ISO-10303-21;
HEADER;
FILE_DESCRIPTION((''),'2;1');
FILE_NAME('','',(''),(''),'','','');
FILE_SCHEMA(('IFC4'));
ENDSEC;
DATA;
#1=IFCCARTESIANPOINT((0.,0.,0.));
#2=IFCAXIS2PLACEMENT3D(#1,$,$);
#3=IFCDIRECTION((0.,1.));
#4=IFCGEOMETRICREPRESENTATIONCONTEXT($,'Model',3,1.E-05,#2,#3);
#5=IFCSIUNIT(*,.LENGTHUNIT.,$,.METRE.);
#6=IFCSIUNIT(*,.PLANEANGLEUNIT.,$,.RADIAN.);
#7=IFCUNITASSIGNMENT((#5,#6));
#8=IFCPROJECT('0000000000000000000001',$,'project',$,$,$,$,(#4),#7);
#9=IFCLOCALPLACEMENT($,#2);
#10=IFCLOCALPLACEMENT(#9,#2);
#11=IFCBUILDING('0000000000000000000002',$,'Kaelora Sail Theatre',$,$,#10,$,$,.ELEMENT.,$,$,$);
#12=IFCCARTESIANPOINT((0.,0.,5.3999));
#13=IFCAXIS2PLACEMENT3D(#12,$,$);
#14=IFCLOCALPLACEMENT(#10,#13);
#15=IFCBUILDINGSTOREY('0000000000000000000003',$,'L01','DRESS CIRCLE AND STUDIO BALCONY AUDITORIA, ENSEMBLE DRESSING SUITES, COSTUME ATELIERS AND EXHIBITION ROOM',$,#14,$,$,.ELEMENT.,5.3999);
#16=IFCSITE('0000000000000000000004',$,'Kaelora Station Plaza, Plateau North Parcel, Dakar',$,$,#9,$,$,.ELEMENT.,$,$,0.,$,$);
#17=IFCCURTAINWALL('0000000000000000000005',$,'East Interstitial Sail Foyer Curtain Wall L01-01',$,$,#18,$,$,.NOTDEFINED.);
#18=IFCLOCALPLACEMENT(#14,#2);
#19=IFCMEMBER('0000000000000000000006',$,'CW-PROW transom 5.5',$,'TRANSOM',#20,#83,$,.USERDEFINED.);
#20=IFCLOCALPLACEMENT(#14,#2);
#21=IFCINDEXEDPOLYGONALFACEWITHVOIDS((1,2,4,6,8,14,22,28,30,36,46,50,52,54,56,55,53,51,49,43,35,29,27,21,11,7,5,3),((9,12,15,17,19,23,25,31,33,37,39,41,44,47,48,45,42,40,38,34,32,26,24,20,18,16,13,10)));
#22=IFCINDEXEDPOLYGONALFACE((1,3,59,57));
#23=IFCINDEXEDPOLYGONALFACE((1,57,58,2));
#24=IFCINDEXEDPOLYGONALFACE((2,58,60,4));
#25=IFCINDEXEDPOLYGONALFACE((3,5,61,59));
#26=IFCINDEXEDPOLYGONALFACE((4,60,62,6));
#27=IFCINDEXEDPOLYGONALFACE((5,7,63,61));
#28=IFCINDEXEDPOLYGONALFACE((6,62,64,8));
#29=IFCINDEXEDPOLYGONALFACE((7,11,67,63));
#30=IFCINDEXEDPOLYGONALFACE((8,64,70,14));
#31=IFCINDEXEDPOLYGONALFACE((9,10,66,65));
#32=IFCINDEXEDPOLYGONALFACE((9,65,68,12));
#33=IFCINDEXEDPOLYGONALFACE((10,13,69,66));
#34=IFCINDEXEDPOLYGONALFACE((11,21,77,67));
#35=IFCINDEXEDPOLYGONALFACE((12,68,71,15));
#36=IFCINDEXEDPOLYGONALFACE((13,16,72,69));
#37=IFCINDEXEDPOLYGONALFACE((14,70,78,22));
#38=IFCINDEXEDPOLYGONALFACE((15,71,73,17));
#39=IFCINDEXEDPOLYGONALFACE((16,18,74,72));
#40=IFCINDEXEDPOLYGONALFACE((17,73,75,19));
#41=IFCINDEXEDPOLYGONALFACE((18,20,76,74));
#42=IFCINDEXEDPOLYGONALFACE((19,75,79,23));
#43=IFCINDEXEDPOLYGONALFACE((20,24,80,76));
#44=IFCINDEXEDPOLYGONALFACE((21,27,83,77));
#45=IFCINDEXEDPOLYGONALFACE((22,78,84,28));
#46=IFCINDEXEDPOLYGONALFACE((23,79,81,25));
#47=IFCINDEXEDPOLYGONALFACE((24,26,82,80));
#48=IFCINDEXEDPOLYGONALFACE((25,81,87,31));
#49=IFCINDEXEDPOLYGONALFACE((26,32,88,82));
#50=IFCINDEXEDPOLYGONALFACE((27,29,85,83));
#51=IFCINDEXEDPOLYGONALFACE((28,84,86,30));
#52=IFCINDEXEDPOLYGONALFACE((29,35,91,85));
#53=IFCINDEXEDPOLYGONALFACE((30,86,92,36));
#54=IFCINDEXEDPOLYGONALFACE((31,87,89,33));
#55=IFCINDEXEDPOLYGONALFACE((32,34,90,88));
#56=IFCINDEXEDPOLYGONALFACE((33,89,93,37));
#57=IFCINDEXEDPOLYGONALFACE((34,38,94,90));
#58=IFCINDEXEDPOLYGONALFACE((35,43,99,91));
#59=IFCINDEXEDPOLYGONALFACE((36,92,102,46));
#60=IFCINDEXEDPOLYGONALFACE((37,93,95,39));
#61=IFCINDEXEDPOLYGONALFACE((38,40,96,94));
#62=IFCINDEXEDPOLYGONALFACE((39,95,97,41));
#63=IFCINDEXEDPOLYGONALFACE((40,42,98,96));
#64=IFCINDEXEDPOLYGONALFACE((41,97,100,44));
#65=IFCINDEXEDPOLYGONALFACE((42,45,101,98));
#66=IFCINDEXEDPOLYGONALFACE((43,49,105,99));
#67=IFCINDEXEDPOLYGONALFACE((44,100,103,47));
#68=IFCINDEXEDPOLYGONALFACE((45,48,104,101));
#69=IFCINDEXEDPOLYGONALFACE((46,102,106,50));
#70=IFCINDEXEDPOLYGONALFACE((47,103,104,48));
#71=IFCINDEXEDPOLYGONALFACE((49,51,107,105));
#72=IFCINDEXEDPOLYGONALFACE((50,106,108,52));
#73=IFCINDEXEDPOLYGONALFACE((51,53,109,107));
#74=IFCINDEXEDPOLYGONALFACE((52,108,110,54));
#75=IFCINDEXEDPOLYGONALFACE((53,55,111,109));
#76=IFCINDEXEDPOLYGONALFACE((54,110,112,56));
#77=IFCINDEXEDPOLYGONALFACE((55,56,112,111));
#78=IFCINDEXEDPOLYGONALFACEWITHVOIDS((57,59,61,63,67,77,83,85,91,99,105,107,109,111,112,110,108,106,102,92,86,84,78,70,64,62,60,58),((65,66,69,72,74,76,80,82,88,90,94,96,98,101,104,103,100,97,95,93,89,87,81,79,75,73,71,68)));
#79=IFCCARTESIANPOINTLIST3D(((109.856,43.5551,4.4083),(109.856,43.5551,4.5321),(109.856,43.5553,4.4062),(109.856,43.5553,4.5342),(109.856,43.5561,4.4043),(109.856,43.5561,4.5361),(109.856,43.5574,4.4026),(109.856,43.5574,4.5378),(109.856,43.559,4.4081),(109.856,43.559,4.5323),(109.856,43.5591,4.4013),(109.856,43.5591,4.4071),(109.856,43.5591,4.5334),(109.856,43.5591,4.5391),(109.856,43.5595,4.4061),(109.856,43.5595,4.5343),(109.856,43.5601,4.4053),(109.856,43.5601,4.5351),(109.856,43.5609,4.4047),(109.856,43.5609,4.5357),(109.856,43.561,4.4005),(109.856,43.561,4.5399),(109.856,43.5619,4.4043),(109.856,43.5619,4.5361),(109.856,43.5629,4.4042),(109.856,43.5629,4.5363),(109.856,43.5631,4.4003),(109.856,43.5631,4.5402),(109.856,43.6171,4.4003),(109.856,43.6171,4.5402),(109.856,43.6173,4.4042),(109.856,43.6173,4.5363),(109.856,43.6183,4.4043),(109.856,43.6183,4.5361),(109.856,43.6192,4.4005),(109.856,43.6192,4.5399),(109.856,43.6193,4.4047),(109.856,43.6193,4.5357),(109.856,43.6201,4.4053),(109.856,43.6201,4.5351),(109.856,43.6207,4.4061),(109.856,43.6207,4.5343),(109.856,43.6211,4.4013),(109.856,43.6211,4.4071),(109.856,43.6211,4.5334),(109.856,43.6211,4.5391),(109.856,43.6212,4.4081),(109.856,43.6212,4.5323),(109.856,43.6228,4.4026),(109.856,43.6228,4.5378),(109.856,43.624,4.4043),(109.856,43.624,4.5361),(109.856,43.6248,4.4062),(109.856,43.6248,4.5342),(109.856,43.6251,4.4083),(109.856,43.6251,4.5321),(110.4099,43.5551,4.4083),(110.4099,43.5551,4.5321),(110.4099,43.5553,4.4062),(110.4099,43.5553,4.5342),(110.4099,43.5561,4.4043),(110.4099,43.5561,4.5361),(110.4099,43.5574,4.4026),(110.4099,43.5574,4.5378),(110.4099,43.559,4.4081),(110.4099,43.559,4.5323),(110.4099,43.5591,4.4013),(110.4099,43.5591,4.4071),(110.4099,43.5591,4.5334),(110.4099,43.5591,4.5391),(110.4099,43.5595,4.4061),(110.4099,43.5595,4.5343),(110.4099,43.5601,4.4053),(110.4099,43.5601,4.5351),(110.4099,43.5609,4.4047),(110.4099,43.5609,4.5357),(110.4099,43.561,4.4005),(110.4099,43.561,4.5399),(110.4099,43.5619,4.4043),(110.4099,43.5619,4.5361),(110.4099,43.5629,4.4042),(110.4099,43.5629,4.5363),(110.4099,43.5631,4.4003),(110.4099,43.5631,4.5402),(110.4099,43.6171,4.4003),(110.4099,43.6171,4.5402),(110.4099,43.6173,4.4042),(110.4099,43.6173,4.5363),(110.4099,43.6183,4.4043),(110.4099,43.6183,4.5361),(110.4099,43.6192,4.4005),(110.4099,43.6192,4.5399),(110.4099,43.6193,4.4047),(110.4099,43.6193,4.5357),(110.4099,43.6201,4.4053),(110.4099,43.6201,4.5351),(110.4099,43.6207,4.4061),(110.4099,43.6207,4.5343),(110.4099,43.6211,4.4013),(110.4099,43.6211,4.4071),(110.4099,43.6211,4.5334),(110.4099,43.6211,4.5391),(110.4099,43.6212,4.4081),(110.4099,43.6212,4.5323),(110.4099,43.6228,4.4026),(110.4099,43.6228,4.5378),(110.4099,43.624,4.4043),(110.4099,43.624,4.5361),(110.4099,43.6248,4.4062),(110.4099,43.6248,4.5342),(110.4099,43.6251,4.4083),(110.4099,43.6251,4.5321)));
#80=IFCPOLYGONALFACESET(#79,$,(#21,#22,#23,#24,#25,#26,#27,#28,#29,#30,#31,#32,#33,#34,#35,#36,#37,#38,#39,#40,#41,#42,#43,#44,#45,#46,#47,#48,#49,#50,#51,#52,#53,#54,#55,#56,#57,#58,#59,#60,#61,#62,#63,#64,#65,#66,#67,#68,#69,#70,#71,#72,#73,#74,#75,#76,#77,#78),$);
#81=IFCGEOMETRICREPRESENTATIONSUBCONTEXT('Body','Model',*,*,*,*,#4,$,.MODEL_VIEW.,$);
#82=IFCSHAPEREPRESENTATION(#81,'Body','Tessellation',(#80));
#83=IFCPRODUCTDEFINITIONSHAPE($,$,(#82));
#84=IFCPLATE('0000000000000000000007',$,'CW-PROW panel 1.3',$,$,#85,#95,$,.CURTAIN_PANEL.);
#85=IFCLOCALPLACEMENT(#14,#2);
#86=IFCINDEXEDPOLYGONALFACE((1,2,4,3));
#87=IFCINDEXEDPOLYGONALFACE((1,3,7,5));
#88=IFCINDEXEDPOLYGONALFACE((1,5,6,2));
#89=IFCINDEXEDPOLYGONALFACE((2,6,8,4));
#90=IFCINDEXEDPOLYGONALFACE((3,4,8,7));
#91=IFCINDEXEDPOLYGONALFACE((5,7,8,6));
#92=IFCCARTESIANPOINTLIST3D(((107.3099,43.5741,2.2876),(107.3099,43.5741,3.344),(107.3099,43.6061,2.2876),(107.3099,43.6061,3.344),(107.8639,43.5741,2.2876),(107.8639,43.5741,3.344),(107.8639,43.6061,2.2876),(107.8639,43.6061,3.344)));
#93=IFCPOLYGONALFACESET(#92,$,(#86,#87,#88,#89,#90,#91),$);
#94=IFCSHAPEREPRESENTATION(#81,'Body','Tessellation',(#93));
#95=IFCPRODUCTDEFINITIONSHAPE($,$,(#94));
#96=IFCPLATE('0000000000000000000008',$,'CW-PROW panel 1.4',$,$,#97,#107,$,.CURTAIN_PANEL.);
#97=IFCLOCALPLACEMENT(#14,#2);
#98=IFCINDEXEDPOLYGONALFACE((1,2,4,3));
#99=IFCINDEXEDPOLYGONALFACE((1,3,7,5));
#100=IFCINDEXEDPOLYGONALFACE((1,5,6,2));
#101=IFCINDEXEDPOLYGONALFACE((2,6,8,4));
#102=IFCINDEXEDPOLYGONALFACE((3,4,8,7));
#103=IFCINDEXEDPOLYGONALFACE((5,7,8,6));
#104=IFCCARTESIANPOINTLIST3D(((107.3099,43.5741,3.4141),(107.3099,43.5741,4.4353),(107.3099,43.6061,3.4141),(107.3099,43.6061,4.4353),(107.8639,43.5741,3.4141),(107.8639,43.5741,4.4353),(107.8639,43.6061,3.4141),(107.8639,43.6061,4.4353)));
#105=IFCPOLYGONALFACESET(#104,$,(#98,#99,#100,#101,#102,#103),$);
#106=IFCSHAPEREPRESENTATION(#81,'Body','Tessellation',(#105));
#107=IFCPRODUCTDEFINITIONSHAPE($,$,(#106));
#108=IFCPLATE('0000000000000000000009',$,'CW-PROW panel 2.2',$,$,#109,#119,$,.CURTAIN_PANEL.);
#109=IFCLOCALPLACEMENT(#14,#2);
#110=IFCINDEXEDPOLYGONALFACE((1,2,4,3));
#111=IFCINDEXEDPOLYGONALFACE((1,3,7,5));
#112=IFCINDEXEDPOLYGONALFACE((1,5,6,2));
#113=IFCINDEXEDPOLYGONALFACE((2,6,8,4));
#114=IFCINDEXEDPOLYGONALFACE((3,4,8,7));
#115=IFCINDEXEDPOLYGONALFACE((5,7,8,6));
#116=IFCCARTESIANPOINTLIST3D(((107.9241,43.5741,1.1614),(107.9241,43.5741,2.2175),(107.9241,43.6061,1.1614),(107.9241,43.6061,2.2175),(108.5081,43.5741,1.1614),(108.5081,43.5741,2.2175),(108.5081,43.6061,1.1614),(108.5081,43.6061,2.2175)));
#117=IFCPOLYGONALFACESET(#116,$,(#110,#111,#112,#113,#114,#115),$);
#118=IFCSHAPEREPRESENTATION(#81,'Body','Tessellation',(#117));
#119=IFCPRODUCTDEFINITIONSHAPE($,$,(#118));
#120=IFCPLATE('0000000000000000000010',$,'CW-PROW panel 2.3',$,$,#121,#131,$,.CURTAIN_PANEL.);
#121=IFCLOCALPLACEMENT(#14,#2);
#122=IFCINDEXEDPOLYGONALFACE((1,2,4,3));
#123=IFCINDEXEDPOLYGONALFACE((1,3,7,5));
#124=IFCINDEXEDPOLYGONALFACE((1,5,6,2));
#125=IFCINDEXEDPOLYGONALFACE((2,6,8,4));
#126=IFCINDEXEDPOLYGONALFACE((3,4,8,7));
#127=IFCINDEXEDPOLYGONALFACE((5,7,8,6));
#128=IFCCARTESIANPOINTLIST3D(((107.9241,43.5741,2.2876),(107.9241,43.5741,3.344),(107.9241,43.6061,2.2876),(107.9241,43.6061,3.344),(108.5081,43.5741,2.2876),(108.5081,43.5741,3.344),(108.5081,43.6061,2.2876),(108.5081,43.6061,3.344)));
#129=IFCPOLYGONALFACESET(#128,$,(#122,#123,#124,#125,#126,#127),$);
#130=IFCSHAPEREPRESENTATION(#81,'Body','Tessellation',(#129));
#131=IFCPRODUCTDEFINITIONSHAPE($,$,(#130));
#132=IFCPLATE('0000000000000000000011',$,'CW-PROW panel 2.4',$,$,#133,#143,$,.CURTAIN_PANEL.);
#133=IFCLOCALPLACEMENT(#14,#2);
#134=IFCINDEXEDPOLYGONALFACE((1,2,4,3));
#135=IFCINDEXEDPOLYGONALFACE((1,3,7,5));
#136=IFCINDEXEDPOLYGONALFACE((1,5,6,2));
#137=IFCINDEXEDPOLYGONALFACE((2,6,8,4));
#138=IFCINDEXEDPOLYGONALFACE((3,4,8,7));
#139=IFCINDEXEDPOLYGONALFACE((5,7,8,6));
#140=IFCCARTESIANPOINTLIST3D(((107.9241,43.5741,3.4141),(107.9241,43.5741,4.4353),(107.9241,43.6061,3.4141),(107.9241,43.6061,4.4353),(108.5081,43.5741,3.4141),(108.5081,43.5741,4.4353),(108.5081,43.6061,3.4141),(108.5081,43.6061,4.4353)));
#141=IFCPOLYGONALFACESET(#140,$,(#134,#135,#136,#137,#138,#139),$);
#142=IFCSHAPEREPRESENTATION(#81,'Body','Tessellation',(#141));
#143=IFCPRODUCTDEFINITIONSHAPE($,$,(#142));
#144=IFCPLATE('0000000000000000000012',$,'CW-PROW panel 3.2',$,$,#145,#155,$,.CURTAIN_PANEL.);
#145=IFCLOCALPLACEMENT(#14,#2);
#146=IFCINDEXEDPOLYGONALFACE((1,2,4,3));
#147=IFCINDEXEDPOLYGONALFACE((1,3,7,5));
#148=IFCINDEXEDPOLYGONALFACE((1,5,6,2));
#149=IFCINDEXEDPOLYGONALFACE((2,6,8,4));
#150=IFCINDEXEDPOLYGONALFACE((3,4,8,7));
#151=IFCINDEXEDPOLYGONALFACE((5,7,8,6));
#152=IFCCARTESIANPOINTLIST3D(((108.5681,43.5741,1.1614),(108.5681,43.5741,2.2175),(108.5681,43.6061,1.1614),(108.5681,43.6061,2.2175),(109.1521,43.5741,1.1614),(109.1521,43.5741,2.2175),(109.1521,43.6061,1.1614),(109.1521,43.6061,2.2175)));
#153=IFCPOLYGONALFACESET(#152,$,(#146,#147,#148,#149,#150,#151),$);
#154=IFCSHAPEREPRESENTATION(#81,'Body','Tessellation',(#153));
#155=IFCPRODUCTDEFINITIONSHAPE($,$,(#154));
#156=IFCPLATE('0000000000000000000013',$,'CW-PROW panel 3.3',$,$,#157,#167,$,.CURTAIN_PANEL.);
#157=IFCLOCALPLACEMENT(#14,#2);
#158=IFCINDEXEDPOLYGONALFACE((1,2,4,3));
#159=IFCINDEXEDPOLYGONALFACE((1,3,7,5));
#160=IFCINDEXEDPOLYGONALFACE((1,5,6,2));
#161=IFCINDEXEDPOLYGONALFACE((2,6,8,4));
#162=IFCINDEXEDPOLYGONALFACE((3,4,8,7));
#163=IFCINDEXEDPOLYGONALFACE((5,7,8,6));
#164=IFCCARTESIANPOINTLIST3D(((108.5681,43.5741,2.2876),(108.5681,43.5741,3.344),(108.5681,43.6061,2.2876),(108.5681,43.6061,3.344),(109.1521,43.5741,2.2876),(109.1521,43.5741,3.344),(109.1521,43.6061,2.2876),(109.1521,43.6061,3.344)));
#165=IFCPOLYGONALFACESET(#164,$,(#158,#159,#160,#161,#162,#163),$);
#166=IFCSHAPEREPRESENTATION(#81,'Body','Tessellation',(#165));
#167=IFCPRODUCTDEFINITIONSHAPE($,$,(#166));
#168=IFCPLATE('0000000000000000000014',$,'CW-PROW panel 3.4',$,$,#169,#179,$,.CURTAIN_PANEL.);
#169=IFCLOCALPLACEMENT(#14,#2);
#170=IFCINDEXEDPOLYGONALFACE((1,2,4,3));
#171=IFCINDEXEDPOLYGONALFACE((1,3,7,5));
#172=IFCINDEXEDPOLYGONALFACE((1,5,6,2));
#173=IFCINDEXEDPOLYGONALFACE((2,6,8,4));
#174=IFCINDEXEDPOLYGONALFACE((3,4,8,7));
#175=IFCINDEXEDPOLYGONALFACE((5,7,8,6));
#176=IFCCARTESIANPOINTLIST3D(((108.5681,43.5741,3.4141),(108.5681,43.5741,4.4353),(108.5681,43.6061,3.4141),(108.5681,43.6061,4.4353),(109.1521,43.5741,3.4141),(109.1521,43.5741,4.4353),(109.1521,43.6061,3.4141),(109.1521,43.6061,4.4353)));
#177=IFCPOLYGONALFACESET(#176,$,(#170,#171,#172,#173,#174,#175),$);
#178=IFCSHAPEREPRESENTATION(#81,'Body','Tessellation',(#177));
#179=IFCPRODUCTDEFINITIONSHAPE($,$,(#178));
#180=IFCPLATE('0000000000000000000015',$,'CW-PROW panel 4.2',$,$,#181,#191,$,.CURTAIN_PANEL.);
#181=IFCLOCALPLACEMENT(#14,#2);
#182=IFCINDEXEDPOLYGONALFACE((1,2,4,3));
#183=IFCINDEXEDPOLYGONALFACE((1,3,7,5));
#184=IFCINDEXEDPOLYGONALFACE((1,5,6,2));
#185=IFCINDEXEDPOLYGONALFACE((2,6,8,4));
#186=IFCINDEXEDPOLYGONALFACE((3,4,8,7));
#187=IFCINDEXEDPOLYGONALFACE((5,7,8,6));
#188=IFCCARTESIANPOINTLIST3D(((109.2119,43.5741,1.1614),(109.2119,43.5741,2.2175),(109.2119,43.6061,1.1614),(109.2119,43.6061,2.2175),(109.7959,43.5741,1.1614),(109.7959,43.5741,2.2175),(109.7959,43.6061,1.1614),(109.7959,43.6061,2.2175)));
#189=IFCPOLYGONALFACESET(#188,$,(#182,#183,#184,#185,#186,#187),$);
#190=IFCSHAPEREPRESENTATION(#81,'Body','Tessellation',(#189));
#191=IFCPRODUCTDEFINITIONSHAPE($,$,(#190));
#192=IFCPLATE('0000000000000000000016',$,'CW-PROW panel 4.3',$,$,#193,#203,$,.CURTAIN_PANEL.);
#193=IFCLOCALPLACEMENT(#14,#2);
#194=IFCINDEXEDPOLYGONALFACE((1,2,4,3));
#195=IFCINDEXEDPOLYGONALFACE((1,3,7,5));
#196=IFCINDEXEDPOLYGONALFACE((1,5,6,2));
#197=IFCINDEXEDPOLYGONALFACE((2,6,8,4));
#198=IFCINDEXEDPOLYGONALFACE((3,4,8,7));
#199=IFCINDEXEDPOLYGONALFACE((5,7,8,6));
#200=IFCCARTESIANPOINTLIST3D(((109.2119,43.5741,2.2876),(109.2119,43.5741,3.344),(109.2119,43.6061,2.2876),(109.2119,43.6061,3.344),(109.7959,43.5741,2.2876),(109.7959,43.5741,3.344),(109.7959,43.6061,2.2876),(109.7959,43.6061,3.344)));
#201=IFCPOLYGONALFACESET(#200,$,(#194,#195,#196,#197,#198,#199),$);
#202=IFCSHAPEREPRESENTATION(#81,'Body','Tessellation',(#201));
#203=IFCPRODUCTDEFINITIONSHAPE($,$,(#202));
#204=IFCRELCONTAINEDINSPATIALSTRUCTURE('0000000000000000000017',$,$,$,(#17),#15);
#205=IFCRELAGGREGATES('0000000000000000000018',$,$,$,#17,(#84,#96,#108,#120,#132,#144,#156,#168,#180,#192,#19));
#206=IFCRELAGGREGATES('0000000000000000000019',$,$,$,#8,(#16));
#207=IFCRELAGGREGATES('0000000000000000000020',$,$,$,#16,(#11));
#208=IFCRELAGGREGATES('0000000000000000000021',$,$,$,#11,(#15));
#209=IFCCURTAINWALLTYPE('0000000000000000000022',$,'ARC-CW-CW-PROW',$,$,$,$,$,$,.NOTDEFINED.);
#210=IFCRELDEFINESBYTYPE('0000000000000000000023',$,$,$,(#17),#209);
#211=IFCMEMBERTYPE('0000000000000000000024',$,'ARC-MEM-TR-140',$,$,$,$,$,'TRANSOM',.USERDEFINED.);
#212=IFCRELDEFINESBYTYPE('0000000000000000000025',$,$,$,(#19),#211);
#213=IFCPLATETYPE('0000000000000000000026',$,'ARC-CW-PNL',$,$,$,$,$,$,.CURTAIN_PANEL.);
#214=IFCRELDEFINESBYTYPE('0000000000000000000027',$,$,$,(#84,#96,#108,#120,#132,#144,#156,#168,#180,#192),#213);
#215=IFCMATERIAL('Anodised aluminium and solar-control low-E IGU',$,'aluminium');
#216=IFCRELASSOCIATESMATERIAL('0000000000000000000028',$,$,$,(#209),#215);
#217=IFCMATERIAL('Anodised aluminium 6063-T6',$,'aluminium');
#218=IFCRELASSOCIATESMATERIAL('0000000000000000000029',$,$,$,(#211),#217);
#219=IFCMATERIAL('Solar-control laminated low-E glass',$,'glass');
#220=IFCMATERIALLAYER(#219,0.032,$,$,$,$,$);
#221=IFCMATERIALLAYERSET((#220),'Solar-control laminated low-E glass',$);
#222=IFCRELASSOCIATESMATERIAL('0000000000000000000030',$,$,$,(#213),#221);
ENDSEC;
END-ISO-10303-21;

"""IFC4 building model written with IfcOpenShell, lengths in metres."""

from ifc_helpers import new_model, si_unit, direction, frame, origin, origin_2d, place, context, subcontext, project, spatial, rectangle, hollow_rectangle, extrude, material, layer, layer_set, material_profile, profile_set, type_object, element, aggregate, save


model = new_model("IFC4")

# Units and contexts
model_context = context("Model", 3, precision=1e-05, world=origin(), true_north=direction((0.0, 1.0)))
body_context = subcontext(model_context, "Body", "Model", "MODEL_VIEW")
ifc_project = project(units=[si_unit("LENGTHUNIT", "METRE"), si_unit("PLANEANGLEUNIT", "RADIAN")], contexts=[model_context])

# Site, building, storey
site_placement = place(None, origin())
site = spatial("IfcSite", under=ifc_project, at=site_placement, Name="Kaelora Station Plaza, Plateau North Parcel, Dakar", CompositionType="ELEMENT", RefElevation=0.0)
building_placement = place(site_placement, origin())
building = spatial("IfcBuilding", under=site, at=building_placement, Name="Kaelora Sail Theatre", CompositionType="ELEMENT")
storey_placement = place(building_placement, frame((0.0, 0.0, 5.3999)))
storey = spatial("IfcBuildingStorey", under=building, at=storey_placement, Name="L01", Description="DRESS CIRCLE AND STUDIO BALCONY AUDITORIA, ENSEMBLE DRESSING SUITES, COSTUME ATELIERS AND EXHIBITION ROOM", CompositionType="ELEMENT", Elevation=5.3999)

# Curtain wall, member, plates
ifc_material_1 = material(Name="Anodised aluminium and solar-control low-E IGU", Category="aluminium")
curtain_wall_type = type_object("IfcCurtainWallType", Name="ARC-CW-CW-PROW", PredefinedType="NOTDEFINED", material=ifc_material_1)
curtain_wall_placement = place(storey_placement, origin())
curtain_wall = element("IfcCurtainWall", 1, at=curtain_wall_placement, inside=storey, type_object=curtain_wall_type, Name="East Interstitial Sail Foyer Curtain Wall L01-01", PredefinedType="NOTDEFINED")
ifc_material_2 = material(Name="Anodised aluminium 6063-T6", Category="aluminium")
ifc_material_profile = material_profile(ifc_material_2, hollow_rectangle(XDim=0.0701, YDim=0.1399, WallThickness=0.0039, InnerFilletRadius=0.0039, OuterFilletRadius=0.0081, at=origin_2d()), Name="ALU-TRAN 70x140x4")
ifc_profile_set = profile_set([ifc_material_profile], Name="Anodised aluminium 6063-T6")
member_type = type_object("IfcMemberType", Name="ARC-MEM-TR-140", ElementType="TRANSOM", PredefinedType="USERDEFINED", material=ifc_profile_set)
member_1_placement = place(storey_placement, frame((109.856, 43.5901, 4.4702), z_axis=(1.0, 0.0, 0.0), x_axis=(0.0, 1.0, 0.0)))
member_1 = element("IfcMember", 2, at=member_1_placement, type_object=member_type, Name="CW-PROW transom 5.5", ObjectType="TRANSOM", PredefinedType="USERDEFINED", context=body_context, shape_type="SweptSolid", body=[
    extrude(hollow_rectangle(XDim=0.0701, YDim=0.1399, WallThickness=0.0039, InnerFilletRadius=0.0039, OuterFilletRadius=0.0081, at=origin_2d()), origin(), (0.0, 0.0, 1.0), 0.554),
])
ifc_material_3 = material(Name="Solar-control laminated low-E glass", Category="glass")
ifc_layer = layer(ifc_material_3, 0.032)
ifc_layer_set = layer_set([ifc_layer], Name="Solar-control laminated low-E glass")
plate_type = type_object("IfcPlateType", Name="ARC-CW-PNL", PredefinedType="CURTAIN_PANEL", material=ifc_layer_set)
plate_1_placement = place(storey_placement, frame((107.5869, 43.5901, 2.2876), z_axis=(0.0, 0.0, 1.0), x_axis=(1.0, 0.0, 0.0)))
plate_1 = element("IfcPlate", 3, at=plate_1_placement, type_object=plate_type, Name="CW-PROW panel 1.3", PredefinedType="CURTAIN_PANEL", context=body_context, shape_type="SweptSolid", body=[
    extrude(rectangle(XDim=0.554, YDim=0.032, at=origin_2d()), origin(), (0.0, 0.0, 1.0), 1.0564),
])
plate_2_placement = place(storey_placement, frame((107.5869, 43.5901, 3.4141), z_axis=(0.0, 0.0, 1.0), x_axis=(1.0, 0.0, 0.0)))
plate_2 = element("IfcPlate", 4, at=plate_2_placement, type_object=plate_type, Name="CW-PROW panel 1.4", PredefinedType="CURTAIN_PANEL", context=body_context, shape_type="SweptSolid", body=[
    extrude(rectangle(XDim=0.554, YDim=0.032, at=origin_2d()), origin(), (0.0, 0.0, 1.0), 1.0212),
])
plate_3_placement = place(storey_placement, frame((108.2161, 43.5901, 1.1614), z_axis=(0.0, 0.0, 1.0), x_axis=(1.0, 0.0, 0.0)))
plate_3 = element("IfcPlate", 5, at=plate_3_placement, type_object=plate_type, Name="CW-PROW panel 2.2", PredefinedType="CURTAIN_PANEL", context=body_context, shape_type="SweptSolid", body=[
    extrude(rectangle(XDim=0.584, YDim=0.032, at=origin_2d()), origin(), (0.0, 0.0, 1.0), 1.0562),
])
plate_4_placement = place(storey_placement, frame((108.2161, 43.5901, 2.2876), z_axis=(0.0, 0.0, 1.0), x_axis=(1.0, 0.0, 0.0)))
plate_4 = element("IfcPlate", 6, at=plate_4_placement, type_object=plate_type, Name="CW-PROW panel 2.3", PredefinedType="CURTAIN_PANEL", context=body_context, shape_type="SweptSolid", body=[
    extrude(rectangle(XDim=0.584, YDim=0.032, at=origin_2d()), origin(), (0.0, 0.0, 1.0), 1.0564),
])
plate_5_placement = place(storey_placement, frame((108.2161, 43.5901, 3.4141), z_axis=(0.0, 0.0, 1.0), x_axis=(1.0, 0.0, 0.0)))
plate_5 = element("IfcPlate", 7, at=plate_5_placement, type_object=plate_type, Name="CW-PROW panel 2.4", PredefinedType="CURTAIN_PANEL", context=body_context, shape_type="SweptSolid", body=[
    extrude(rectangle(XDim=0.584, YDim=0.032, at=origin_2d()), origin(), (0.0, 0.0, 1.0), 1.0212),
])
plate_6_placement = place(storey_placement, frame((108.8601, 43.5901, 1.1614), z_axis=(0.0, 0.0, 1.0), x_axis=(1.0, 0.0, 0.0)))
plate_6 = element("IfcPlate", 8, at=plate_6_placement, type_object=plate_type, Name="CW-PROW panel 3.2", PredefinedType="CURTAIN_PANEL", context=body_context, shape_type="SweptSolid", body=[
    extrude(rectangle(XDim=0.584, YDim=0.032, at=origin_2d()), origin(), (0.0, 0.0, 1.0), 1.0562),
])
plate_7_placement = place(storey_placement, frame((108.8601, 43.5901, 2.2876), z_axis=(0.0, 0.0, 1.0), x_axis=(1.0, 0.0, 0.0)))
plate_7 = element("IfcPlate", 9, at=plate_7_placement, type_object=plate_type, Name="CW-PROW panel 3.3", PredefinedType="CURTAIN_PANEL", context=body_context, shape_type="SweptSolid", body=[
    extrude(rectangle(XDim=0.584, YDim=0.032, at=origin_2d()), origin(), (0.0, 0.0, 1.0), 1.0564),
])
plate_8_placement = place(storey_placement, frame((108.8601, 43.5901, 3.4141), z_axis=(0.0, 0.0, 1.0), x_axis=(1.0, 0.0, 0.0)))
plate_8 = element("IfcPlate", 10, at=plate_8_placement, type_object=plate_type, Name="CW-PROW panel 3.4", PredefinedType="CURTAIN_PANEL", context=body_context, shape_type="SweptSolid", body=[
    extrude(rectangle(XDim=0.584, YDim=0.032, at=origin_2d()), origin(), (0.0, 0.0, 1.0), 1.0212),
])
plate_9_placement = place(storey_placement, frame((109.5039, 43.5901, 1.1614), z_axis=(0.0, 0.0, 1.0), x_axis=(1.0, 0.0, 0.0)))
plate_9 = element("IfcPlate", 11, at=plate_9_placement, type_object=plate_type, Name="CW-PROW panel 4.2", PredefinedType="CURTAIN_PANEL", context=body_context, shape_type="SweptSolid", body=[
    extrude(rectangle(XDim=0.584, YDim=0.032, at=origin_2d()), origin(), (0.0, 0.0, 1.0), 1.0562),
])
plate_10_placement = place(storey_placement, frame((109.5039, 43.5901, 2.2876), z_axis=(0.0, 0.0, 1.0), x_axis=(1.0, 0.0, 0.0)))
plate_10 = element("IfcPlate", 12, at=plate_10_placement, type_object=plate_type, Name="CW-PROW panel 4.3", PredefinedType="CURTAIN_PANEL", context=body_context, shape_type="SweptSolid", body=[
    extrude(rectangle(XDim=0.584, YDim=0.032, at=origin_2d()), origin(), (0.0, 0.0, 1.0), 1.0564),
])
aggregate(curtain_wall, [plate_1, plate_2, plate_3, plate_4, plate_5, plate_6, plate_7, plate_8, plate_9, plate_10, member_1])

save(model, "model.ifc")
